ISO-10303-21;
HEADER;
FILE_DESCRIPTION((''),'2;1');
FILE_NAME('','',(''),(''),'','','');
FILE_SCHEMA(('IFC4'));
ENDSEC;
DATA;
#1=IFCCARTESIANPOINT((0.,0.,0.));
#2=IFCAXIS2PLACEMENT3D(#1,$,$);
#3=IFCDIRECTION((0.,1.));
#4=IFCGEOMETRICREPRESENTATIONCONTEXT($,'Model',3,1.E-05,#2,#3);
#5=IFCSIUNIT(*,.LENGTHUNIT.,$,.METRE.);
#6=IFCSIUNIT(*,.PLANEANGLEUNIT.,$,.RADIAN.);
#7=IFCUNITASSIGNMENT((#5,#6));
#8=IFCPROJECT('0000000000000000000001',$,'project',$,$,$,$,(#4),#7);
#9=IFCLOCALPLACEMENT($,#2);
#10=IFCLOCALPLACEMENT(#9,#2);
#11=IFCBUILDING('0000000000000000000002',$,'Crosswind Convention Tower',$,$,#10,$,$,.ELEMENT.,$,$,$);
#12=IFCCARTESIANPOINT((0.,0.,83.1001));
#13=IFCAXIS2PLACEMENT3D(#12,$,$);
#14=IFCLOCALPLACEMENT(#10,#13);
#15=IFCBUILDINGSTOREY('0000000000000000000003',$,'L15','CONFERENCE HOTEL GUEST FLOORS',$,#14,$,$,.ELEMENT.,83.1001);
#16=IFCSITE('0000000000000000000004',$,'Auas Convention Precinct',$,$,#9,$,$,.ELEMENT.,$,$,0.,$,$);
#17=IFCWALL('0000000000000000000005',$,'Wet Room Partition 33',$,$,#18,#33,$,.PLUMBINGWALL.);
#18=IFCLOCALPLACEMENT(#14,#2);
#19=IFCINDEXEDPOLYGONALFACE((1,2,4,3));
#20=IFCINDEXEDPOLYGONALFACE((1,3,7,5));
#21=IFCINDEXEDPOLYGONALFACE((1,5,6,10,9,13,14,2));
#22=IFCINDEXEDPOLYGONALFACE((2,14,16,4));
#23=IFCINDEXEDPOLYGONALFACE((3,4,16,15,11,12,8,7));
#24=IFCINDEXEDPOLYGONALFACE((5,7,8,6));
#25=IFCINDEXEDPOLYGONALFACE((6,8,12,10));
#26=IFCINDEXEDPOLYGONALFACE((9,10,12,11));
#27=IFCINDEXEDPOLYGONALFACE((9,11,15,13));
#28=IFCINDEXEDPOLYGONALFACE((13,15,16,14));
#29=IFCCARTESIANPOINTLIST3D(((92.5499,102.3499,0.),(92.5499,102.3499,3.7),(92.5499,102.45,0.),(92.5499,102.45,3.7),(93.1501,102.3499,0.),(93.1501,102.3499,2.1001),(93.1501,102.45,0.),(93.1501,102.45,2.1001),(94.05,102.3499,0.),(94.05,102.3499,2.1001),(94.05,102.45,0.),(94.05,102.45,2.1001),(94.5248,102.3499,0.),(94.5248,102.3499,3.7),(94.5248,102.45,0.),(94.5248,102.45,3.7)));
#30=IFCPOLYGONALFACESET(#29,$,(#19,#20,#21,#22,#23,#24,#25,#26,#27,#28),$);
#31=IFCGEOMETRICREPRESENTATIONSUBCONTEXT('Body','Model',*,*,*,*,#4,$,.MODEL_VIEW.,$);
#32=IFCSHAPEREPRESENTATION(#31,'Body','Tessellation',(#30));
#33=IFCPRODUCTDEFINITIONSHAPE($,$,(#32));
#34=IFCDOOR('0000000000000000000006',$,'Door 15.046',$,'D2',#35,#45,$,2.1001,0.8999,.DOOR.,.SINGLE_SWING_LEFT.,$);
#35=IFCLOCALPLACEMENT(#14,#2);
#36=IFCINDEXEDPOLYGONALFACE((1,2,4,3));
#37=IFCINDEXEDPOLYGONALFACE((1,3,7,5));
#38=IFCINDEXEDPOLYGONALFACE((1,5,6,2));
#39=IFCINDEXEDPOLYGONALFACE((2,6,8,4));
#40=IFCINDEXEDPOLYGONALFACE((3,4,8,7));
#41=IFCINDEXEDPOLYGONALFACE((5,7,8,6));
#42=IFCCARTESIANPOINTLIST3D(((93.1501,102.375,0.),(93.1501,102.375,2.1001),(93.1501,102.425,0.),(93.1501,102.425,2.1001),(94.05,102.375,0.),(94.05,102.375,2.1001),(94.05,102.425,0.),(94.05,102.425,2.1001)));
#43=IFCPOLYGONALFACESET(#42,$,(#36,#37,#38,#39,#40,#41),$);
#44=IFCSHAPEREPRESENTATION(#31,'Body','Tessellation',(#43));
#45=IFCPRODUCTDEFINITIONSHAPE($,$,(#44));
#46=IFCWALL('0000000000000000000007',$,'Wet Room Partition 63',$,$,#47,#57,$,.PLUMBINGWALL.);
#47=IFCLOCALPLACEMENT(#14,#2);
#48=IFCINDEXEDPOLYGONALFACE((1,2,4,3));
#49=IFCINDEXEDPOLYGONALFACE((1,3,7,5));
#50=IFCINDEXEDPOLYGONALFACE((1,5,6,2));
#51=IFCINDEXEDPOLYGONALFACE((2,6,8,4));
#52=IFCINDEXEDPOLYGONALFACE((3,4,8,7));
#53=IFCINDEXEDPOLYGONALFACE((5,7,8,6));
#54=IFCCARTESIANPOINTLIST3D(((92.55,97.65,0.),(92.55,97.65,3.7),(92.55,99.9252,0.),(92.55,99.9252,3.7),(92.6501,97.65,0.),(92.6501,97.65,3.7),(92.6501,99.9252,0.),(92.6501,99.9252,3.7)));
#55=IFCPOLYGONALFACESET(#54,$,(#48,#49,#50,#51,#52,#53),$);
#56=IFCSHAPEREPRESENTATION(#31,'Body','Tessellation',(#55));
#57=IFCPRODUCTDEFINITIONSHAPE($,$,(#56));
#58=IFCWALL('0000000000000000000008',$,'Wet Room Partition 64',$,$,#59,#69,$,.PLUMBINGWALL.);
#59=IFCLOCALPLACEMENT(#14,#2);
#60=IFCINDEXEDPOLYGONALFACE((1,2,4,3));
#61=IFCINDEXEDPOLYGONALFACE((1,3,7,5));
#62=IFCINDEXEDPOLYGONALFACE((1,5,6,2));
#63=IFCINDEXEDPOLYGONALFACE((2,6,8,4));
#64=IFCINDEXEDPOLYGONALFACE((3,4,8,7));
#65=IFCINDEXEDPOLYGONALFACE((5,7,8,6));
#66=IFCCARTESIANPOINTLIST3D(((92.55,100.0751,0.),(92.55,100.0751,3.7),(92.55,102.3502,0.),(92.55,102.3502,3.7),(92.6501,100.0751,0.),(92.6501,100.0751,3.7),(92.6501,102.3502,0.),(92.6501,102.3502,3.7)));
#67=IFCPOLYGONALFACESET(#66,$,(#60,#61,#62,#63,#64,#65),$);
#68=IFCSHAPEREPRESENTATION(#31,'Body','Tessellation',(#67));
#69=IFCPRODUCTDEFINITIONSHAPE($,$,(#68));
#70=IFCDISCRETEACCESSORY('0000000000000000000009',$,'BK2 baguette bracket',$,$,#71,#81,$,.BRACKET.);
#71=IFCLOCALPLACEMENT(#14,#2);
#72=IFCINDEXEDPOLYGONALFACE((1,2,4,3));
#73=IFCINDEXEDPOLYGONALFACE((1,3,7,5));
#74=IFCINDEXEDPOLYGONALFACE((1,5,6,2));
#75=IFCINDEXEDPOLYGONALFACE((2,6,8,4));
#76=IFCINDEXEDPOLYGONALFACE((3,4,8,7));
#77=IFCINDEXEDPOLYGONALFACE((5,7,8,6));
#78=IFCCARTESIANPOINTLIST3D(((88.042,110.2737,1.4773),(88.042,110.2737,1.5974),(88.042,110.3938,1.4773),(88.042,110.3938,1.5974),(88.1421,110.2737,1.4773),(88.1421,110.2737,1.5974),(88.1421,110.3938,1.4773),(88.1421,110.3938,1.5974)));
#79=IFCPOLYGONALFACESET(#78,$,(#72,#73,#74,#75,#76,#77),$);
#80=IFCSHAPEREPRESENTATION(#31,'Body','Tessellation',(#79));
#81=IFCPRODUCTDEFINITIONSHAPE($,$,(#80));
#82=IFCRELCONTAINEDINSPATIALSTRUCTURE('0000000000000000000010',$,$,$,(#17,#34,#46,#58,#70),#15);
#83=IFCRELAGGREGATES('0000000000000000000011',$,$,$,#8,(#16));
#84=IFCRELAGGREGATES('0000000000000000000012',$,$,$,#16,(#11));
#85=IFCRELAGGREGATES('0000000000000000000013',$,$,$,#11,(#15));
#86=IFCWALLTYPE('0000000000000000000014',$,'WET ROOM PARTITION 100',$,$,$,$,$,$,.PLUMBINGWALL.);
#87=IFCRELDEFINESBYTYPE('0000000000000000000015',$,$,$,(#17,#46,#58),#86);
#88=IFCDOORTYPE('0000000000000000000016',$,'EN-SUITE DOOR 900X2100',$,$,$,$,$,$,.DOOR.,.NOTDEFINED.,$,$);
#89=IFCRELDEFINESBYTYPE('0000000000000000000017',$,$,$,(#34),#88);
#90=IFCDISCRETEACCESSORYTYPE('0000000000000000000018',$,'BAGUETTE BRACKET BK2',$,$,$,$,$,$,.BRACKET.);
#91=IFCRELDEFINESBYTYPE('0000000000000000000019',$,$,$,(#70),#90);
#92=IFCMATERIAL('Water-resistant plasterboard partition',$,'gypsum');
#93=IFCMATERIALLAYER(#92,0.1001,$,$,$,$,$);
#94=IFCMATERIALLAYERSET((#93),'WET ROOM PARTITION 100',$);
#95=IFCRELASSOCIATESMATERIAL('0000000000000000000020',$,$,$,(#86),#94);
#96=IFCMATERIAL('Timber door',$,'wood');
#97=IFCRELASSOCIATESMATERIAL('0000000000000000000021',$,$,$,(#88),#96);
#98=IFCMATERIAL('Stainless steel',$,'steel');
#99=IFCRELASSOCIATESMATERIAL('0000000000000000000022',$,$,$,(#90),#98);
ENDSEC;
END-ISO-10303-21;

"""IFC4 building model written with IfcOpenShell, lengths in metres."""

from ifc_helpers import new_model, si_unit, direction, frame, frame_2d, origin, origin_2d, place, context, subcontext, project, spatial, rectangle, extrude, material, layer, layer_set, type_object, element, fill, save


model = new_model("IFC4")

# Units and contexts
model_context = context("Model", 3, precision=1e-05, world=origin(), true_north=direction((0.0, 1.0)))
body_context = subcontext(model_context, "Body", "Model", "MODEL_VIEW")
ifc_project = project(units=[si_unit("LENGTHUNIT", "METRE"), si_unit("PLANEANGLEUNIT", "RADIAN")], contexts=[model_context])

# Site, building, storey
site_placement = place(None, origin())
site = spatial("IfcSite", under=ifc_project, at=site_placement, Name="Auas Convention Precinct", CompositionType="ELEMENT", RefElevation=0.0)
building_placement = place(site_placement, origin())
building = spatial("IfcBuilding", under=site, at=building_placement, Name="Crosswind Convention Tower", CompositionType="ELEMENT")
storey_placement = place(building_placement, frame((0.0, 0.0, 83.1001)))
storey = spatial("IfcBuildingStorey", under=building, at=storey_placement, Name="L15", Description="CONFERENCE HOTEL GUEST FLOORS", CompositionType="ELEMENT", Elevation=83.1001)

# Wall, opening, door
ifc_material_1 = material(Name="Water-resistant plasterboard partition", Category="gypsum")
ifc_layer_1 = layer(ifc_material_1, 0.1001)
ifc_layer_set_1 = layer_set([ifc_layer_1], Name="WET ROOM PARTITION 100")
wall_type_1 = type_object("IfcWallType", Name="WET ROOM PARTITION 100", PredefinedType="PLUMBINGWALL", material=ifc_layer_set_1)
ifc_material_2 = material(Name="Timber door", Category="wood")
door_type_1 = type_object("IfcDoorType", Name="EN-SUITE DOOR 900X2100", OperationType="NOTDEFINED", PredefinedType="DOOR", material=ifc_material_2)
wall_1_placement = place(storey_placement, frame((92.55, 102.3999, 0.0), z_axis=(0.0, 0.0, 1.0), x_axis=(1.0, 0.0, 0.0)))
wall_1 = element("IfcWall", 1, at=wall_1_placement, inside=storey, type_object=wall_type_1, Name="Wet Room Partition 33", PredefinedType="PLUMBINGWALL", context=body_context, shape_type="SweptSolid", body=[
    extrude(rectangle(XDim=1.9749, YDim=0.1001, at=frame_2d((0.9873, 0.0))), origin(), (0.0, 0.0, 1.0), 3.7),
])
opening_1_placement = place(wall_1_placement, frame((0.6001, 0.0, 0.0)))
opening_1 = element("IfcOpeningElement", 2, at=opening_1_placement, cuts=wall_1, PredefinedType="OPENING", context=body_context, shape_type="SweptSolid", body=[
    extrude(rectangle(XDim=0.8999, YDim=2.1001, at=frame_2d((0.45, 1.05))), frame((0.0, 0.0601, 0.0), z_axis=(0.0, -1.0, 0.0), x_axis=(1.0, 0.0, 0.0)), (0.0, 0.0, 1.0), 0.1201),
])
door_1_placement = place(opening_1_placement, frame((0.8999, 0.0, 0.0), z_axis=(0.0, 0.0, 1.0), x_axis=(-1.0, 0.0, 0.0)))
door_1 = element("IfcDoor", 3, at=door_1_placement, inside=storey, type_object=door_type_1, Name="Door 15.046", ObjectType="D2", OperationType="SINGLE_SWING_LEFT", OverallHeight=2.1001, OverallWidth=0.8999, PredefinedType="DOOR", context=body_context, shape_type="SweptSolid", body=[
    extrude(rectangle(XDim=0.8999, YDim=2.1001, at=frame_2d((0.45, 1.05))), frame((0.0, 0.0249, 0.0), z_axis=(0.0, -1.0, 0.0), x_axis=(1.0, 0.0, 0.0)), (0.0, 0.0, 1.0), 0.05),
])
fill(opening_1, door_1)

# Walls
for number, where, z_axis, x_axis, name in (
    (4, (92.6001, 97.6499, 0.0), (0.0, 0.0, 1.0), (0.0, 1.0, 0.0), "Wet Room Partition 63"),
    (5, (92.6001, 100.075, 0.0), (0.0, 0.0, 1.0), (0.0, 1.0, 0.0), "Wet Room Partition 64"),
):
    element("IfcWall", number, at=place(storey_placement, frame(where, z_axis=z_axis, x_axis=x_axis)), inside=storey, type_object=wall_type_1, Name=name, PredefinedType="PLUMBINGWALL", context=body_context, shape_type="SweptSolid", body=[
        extrude(rectangle(XDim=2.2751, YDim=0.1001, at=frame_2d((1.1377, 0.0))), origin(), (0.0, 0.0, 1.0), 3.7),
    ])

# Discrete accessory
ifc_material_3 = material(Name="Stainless steel", Category="steel")
discrete_accessory_type = type_object("IfcDiscreteAccessoryType", Name="BAGUETTE BRACKET BK2", PredefinedType="BRACKET", material=ifc_material_3)
discrete_accessory_placement = place(storey_placement, frame((88.092, 110.3337, 1.4773), z_axis=(0.0, 0.0, 1.0), x_axis=(0.0, -1.0, 0.0)))
element("IfcDiscreteAccessory", 6, at=discrete_accessory_placement, inside=storey, type_object=discrete_accessory_type, Name="BK2 baguette bracket", PredefinedType="BRACKET", context=body_context, shape_type="SweptSolid", body=[
    extrude(rectangle(XDim=0.1201, YDim=0.1001, at=origin_2d()), origin(), (0.0, 0.0, 1.0), 0.1201),
])

save(model, "model.ifc")
